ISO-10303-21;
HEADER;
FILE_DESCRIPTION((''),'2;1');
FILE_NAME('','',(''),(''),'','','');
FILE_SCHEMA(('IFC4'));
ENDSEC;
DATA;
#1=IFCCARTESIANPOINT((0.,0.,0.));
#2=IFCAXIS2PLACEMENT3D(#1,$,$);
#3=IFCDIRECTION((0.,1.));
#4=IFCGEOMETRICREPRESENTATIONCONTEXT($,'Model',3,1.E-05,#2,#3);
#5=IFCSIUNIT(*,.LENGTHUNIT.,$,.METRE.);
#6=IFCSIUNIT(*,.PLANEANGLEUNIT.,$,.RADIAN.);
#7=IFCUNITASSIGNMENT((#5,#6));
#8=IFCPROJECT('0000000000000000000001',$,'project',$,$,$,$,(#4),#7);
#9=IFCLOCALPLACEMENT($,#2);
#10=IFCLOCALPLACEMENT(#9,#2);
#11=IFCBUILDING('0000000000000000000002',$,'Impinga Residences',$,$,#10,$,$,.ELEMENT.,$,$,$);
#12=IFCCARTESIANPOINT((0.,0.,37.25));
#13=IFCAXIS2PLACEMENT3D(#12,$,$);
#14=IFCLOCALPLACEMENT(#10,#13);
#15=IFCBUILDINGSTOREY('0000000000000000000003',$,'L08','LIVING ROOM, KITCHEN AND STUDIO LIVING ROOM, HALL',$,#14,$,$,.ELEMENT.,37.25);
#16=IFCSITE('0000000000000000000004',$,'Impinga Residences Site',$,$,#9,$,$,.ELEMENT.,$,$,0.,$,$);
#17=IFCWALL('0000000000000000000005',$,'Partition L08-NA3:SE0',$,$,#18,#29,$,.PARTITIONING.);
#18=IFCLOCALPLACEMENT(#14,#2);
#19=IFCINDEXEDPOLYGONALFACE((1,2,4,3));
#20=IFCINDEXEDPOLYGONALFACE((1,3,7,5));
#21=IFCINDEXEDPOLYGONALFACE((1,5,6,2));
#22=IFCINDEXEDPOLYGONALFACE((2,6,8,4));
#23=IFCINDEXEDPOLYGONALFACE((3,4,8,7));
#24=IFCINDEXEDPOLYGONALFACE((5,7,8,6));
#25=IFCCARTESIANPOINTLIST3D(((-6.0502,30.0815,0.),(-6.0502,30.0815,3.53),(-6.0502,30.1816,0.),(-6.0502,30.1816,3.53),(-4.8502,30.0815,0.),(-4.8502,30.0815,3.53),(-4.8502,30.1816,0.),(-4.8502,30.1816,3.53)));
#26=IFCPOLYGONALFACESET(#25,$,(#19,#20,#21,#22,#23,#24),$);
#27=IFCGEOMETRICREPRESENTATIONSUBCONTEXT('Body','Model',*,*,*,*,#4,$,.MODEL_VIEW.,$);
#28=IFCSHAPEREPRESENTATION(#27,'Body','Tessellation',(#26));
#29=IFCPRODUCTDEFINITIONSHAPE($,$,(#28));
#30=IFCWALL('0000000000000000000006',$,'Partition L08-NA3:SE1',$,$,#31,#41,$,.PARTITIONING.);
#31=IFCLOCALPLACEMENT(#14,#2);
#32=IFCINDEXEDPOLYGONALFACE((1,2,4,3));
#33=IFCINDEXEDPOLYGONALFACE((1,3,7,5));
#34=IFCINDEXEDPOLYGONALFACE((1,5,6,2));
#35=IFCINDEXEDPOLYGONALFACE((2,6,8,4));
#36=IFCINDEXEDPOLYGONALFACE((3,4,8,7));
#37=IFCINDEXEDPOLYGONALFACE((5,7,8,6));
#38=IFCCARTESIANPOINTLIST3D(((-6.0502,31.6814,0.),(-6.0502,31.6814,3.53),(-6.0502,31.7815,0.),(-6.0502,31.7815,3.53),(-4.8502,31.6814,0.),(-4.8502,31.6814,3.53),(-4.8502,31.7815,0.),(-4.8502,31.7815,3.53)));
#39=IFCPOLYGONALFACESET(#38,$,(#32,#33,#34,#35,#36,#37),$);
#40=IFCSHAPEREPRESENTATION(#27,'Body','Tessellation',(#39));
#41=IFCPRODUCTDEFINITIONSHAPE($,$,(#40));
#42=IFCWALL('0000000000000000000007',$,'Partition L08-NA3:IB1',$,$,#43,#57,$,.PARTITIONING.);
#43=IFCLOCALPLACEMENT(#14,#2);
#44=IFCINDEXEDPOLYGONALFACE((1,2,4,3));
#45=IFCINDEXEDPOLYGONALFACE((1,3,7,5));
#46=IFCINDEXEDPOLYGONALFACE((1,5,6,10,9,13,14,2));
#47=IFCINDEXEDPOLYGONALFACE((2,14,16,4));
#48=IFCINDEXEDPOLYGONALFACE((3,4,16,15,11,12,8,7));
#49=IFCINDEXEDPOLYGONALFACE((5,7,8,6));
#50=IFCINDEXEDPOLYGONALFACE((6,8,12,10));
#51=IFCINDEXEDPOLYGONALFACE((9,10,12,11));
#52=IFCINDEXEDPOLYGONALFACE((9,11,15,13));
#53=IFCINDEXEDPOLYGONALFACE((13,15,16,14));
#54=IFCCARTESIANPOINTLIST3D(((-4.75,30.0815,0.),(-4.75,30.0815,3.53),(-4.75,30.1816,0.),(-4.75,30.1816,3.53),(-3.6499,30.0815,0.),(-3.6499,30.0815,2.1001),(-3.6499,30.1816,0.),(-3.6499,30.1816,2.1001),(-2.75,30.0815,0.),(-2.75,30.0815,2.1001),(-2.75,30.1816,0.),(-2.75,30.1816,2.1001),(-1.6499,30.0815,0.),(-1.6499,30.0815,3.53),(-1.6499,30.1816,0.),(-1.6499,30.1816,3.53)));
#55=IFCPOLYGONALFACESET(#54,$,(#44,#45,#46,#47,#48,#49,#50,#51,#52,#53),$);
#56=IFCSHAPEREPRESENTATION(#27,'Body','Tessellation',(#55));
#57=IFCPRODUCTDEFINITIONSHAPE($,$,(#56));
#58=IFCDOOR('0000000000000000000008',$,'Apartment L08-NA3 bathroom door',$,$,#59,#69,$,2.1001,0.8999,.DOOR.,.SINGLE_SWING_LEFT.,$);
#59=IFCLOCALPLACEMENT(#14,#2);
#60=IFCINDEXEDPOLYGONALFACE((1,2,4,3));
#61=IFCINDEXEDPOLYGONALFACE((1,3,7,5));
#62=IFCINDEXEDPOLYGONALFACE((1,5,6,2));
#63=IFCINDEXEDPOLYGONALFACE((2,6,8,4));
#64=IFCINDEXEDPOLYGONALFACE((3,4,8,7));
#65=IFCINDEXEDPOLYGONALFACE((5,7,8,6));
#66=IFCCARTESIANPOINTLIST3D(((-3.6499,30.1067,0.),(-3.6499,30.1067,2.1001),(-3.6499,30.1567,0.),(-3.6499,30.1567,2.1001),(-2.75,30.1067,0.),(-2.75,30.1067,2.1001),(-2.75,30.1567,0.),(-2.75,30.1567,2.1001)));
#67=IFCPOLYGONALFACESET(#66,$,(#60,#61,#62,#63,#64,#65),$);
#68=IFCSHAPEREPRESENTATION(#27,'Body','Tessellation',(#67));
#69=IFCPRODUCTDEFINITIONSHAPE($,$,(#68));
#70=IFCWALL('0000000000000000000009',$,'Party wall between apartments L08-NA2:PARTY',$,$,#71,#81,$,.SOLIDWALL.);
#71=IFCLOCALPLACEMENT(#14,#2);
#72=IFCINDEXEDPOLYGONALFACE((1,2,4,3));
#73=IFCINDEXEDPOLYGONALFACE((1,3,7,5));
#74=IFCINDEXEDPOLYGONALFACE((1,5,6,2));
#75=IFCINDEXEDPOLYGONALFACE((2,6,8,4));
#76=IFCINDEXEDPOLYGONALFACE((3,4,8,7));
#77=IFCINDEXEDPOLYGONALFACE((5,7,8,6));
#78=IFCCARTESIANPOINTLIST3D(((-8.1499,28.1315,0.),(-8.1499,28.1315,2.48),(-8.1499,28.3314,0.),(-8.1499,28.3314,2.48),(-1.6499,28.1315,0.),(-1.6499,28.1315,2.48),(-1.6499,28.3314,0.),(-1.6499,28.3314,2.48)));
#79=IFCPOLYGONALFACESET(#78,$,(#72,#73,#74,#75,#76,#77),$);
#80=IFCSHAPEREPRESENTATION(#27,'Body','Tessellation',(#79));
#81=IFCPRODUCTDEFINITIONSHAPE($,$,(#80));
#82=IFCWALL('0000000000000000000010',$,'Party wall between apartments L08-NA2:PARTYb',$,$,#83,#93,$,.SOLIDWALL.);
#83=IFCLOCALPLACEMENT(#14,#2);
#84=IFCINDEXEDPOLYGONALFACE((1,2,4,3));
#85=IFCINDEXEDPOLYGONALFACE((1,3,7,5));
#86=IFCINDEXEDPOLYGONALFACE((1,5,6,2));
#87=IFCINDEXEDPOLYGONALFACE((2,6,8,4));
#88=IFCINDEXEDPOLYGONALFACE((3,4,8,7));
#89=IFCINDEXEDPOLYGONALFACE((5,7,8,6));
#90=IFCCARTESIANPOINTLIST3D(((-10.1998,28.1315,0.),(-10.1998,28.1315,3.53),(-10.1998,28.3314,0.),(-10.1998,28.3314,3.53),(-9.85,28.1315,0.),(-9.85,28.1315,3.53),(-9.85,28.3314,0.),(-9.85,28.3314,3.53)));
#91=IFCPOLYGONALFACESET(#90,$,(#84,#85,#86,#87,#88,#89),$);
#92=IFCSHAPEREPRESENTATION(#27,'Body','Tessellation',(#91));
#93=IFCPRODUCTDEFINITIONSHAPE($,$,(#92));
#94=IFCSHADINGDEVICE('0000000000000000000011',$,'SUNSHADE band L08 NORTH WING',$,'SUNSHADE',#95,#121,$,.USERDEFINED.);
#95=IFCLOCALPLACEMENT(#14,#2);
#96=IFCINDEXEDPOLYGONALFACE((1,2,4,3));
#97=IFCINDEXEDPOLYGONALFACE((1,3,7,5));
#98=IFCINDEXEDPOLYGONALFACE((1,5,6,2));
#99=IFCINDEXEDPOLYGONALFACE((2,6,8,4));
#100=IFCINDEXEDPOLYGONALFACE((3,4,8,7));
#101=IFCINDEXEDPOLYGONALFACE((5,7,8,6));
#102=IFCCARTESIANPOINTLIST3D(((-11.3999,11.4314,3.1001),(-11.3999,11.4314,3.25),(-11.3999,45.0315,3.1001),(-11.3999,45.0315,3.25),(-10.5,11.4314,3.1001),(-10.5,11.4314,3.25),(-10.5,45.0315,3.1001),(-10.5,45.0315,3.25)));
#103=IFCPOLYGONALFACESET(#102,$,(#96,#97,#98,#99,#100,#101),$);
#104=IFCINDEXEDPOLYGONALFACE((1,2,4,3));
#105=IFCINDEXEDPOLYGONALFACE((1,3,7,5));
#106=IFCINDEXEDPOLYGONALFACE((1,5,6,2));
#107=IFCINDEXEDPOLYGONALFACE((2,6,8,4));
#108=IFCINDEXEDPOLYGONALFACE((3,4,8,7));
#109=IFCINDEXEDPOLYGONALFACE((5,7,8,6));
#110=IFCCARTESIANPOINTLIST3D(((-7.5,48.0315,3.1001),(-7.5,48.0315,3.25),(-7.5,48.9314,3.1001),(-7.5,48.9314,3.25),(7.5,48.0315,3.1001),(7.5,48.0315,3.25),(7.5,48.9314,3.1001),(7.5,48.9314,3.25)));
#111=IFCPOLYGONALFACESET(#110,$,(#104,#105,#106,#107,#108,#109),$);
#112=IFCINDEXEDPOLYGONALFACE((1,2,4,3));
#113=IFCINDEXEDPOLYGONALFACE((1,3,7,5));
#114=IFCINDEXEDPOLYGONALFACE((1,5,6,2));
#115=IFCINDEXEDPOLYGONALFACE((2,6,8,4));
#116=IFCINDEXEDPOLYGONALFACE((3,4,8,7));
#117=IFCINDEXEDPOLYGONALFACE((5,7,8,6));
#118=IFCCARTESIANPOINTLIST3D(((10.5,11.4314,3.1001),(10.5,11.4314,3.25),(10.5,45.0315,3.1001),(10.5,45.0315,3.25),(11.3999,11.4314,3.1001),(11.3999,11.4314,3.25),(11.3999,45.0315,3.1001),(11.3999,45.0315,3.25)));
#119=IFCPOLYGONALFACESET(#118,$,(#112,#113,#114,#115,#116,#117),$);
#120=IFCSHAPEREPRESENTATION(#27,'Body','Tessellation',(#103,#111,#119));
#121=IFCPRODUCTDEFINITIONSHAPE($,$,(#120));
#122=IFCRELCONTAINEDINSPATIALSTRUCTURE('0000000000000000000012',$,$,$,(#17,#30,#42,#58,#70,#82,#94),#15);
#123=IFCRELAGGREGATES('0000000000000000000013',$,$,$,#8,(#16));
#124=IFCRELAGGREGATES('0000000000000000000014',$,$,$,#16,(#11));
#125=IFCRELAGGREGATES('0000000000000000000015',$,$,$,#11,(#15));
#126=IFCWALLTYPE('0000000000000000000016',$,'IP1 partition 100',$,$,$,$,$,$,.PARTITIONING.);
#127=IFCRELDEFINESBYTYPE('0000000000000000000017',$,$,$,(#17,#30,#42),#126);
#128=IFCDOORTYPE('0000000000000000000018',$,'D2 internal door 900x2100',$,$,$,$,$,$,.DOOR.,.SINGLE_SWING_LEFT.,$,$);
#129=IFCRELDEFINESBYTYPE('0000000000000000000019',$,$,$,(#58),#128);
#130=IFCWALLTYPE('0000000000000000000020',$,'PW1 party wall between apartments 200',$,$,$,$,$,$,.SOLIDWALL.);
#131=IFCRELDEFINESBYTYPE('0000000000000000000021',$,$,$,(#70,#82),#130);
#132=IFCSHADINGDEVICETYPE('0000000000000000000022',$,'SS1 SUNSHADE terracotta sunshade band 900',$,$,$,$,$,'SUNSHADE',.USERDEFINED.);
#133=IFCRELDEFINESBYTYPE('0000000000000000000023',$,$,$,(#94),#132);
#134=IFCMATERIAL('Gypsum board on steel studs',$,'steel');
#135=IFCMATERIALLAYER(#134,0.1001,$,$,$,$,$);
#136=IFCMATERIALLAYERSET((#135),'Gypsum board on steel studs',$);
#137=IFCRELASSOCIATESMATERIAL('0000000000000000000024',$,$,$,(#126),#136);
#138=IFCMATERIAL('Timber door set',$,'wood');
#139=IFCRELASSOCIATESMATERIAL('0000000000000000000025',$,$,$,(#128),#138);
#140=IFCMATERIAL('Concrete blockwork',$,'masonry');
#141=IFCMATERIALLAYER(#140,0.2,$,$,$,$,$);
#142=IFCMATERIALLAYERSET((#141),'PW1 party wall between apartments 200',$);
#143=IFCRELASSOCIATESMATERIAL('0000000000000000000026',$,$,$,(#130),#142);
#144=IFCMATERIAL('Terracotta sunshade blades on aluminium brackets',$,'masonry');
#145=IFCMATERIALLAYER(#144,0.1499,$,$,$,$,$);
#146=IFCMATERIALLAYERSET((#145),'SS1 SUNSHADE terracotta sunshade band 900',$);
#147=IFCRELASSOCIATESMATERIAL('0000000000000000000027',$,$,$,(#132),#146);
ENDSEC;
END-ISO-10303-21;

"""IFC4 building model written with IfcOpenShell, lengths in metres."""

from ifc_helpers import new_model, si_unit, direction, frame, frame_2d, origin, origin_2d, place, context, subcontext, project, spatial, rectangle, extrude, material, layer, layer_set, type_object, element, fill, save


model = new_model("IFC4")

# Units and contexts
model_context = context("Model", 3, precision=1e-05, world=origin(), true_north=direction((0.0, 1.0)))
body_context = subcontext(model_context, "Body", "Model", "MODEL_VIEW")
ifc_project = project(units=[si_unit("LENGTHUNIT", "METRE"), si_unit("PLANEANGLEUNIT", "RADIAN")], contexts=[model_context])

# Site, building, storey
site_placement = place(None, origin())
site = spatial("IfcSite", under=ifc_project, at=site_placement, Name="Impinga Residences Site", CompositionType="ELEMENT", RefElevation=0.0)
building_placement = place(site_placement, origin())
building = spatial("IfcBuilding", under=site, at=building_placement, Name="Impinga Residences", CompositionType="ELEMENT")
storey_placement = place(building_placement, frame((0.0, 0.0, 37.25)))
storey = spatial("IfcBuildingStorey", under=building, at=storey_placement, Name="L08", Description="LIVING ROOM, KITCHEN AND STUDIO LIVING ROOM, HALL", CompositionType="ELEMENT", Elevation=37.25)

# Shared definitions
ifc_material_1 = material(Name="Concrete blockwork", Category="masonry")
ifc_material_2 = material(Name="Timber door set", Category="wood")

# Shared definitions
ifc_material_3 = material(Name="Gypsum board on steel studs", Category="steel")
ifc_layer_1 = layer(ifc_material_3, 0.1001)
ifc_layer_set_1 = layer_set([ifc_layer_1], Name="Gypsum board on steel studs")
wall_type_1 = type_object("IfcWallType", Name="IP1 partition 100", PredefinedType="PARTITIONING", material=ifc_layer_set_1)

# Shared definitions
door_type_1 = type_object("IfcDoorType", Name="D2 internal door 900x2100", OperationType="SINGLE_SWING_LEFT", PredefinedType="DOOR", material=ifc_material_2)

# Walls
for number, where, z_axis, x_axis, name in (
    (1, (-4.8501, 30.1316, 0.0), (0.0, 0.0, 1.0), (-1.0, 0.0, 0.0), "Partition L08-NA3:SE0"),
    (2, (-4.8501, 31.7314, 0.0), (0.0, 0.0, 1.0), (-1.0, 0.0, 0.0), "Partition L08-NA3:SE1"),
):
    element("IfcWall", number, at=place(storey_placement, frame(where, z_axis=z_axis, x_axis=x_axis)), inside=storey, type_object=wall_type_1, Name=name, PredefinedType="PARTITIONING", context=body_context, shape_type="SweptSolid", body=[
        extrude(rectangle(XDim=1.2, YDim=0.1001, at=frame_2d((0.6001, 0.0))), origin(), (0.0, 0.0, 1.0), 3.53),
    ])

# Wall, opening, door
wall_1_placement = place(storey_placement, frame((-1.6499, 30.1316, 0.0), z_axis=(0.0, 0.0, 1.0), x_axis=(-1.0, 0.0, 0.0)))
wall_1 = element("IfcWall", 3, at=wall_1_placement, inside=storey, type_object=wall_type_1, Name="Partition L08-NA3:IB1", PredefinedType="PARTITIONING", context=body_context, shape_type="SweptSolid", body=[
    extrude(rectangle(XDim=3.1001, YDim=0.1001, at=frame_2d((1.55, 0.0))), origin(), (0.0, 0.0, 1.0), 3.53),
])
opening_1_placement = place(wall_1_placement, frame((1.1001, 0.0, 0.0)))
opening_1 = element("IfcOpeningElement", 4, at=opening_1_placement, cuts=wall_1, PredefinedType="OPENING", context=body_context, shape_type="SweptSolid", body=[
    extrude(rectangle(XDim=0.8999, YDim=2.1001, at=frame_2d((0.45, 1.05))), frame((0.0, 0.0601, 0.0), z_axis=(0.0, -1.0, 0.0), x_axis=(1.0, 0.0, 0.0)), (0.0, 0.0, 1.0), 0.1201),
])
door_1_placement = place(opening_1_placement, origin())
door_1 = element("IfcDoor", 5, at=door_1_placement, inside=storey, type_object=door_type_1, Name="Apartment L08-NA3 bathroom door", OperationType="SINGLE_SWING_LEFT", OverallHeight=2.1001, OverallWidth=0.8999, PredefinedType="DOOR", context=body_context, shape_type="SweptSolid", body=[
    extrude(rectangle(XDim=0.8999, YDim=2.1001, at=frame_2d((0.45, 1.05))), frame((0.0, 0.0249, 0.0), z_axis=(0.0, -1.0, 0.0), x_axis=(1.0, 0.0, 0.0)), (0.0, 0.0, 1.0), 0.05),
])
fill(opening_1, door_1)

# Walls
ifc_layer_2 = layer(ifc_material_1, 0.2)
ifc_layer_set_2 = layer_set([ifc_layer_2], Name="PW1 party wall between apartments 200")
wall_type_2 = type_object("IfcWallType", Name="PW1 party wall between apartments 200", PredefinedType="SOLIDWALL", material=ifc_layer_set_2)
wall_2_placement = place(storey_placement, frame((-1.6499, 28.2314, 0.0), z_axis=(0.0, 0.0, 1.0), x_axis=(-1.0, 0.0, 0.0)))
element("IfcWall", 6, at=wall_2_placement, inside=storey, type_object=wall_type_2, Name="Party wall between apartments L08-NA2:PARTY", PredefinedType="SOLIDWALL", context=body_context, shape_type="SweptSolid", body=[
    extrude(rectangle(XDim=6.5, YDim=0.2, at=frame_2d((3.25, 0.0))), origin(), (0.0, 0.0, 1.0), 2.48),
])
wall_3_placement = place(storey_placement, frame((-9.8501, 28.2314, 0.0), z_axis=(0.0, 0.0, 1.0), x_axis=(-1.0, 0.0, 0.0)))
element("IfcWall", 7, at=wall_3_placement, inside=storey, type_object=wall_type_2, Name="Party wall between apartments L08-NA2:PARTYb", PredefinedType="SOLIDWALL", context=body_context, shape_type="SweptSolid", body=[
    extrude(rectangle(XDim=0.3499, YDim=0.2, at=frame_2d((0.1748, 0.0))), origin(), (0.0, 0.0, 1.0), 3.53),
])

# Shading device
ifc_material_4 = material(Name="Terracotta sunshade blades on aluminium brackets", Category="masonry")
ifc_layer_3 = layer(ifc_material_4, 0.1499)
ifc_layer_set_3 = layer_set([ifc_layer_3], Name="SS1 SUNSHADE terracotta sunshade band 900")
shading_device_type = type_object("IfcShadingDeviceType", Name="SS1 SUNSHADE terracotta sunshade band 900", ElementType="SUNSHADE", PredefinedType="USERDEFINED", material=ifc_layer_set_3)
shading_device_placement = place(storey_placement, frame((-10.95, 28.2314, 3.1001), z_axis=(0.0, 0.0, 1.0), x_axis=(0.0, 1.0, 0.0)))
element("IfcShadingDevice", 8, at=shading_device_placement, inside=storey, type_object=shading_device_type, Name="SUNSHADE band L08 NORTH WING", ObjectType="SUNSHADE", PredefinedType="USERDEFINED", context=body_context, shape_type="SweptSolid", body=[
    extrude(rectangle(XDim=33.6001, YDim=0.8999, at=origin_2d()), origin(), (0.0, 0.0, 1.0), 0.1499),
    extrude(rectangle(XDim=15.0, YDim=0.8999, at=origin_2d()), frame((20.25, -10.95, 0.0), z_axis=(0.0, 0.0, 1.0), x_axis=(0.0, -1.0, 0.0)), (0.0, 0.0, 1.0), 0.1499),
    extrude(rectangle(XDim=33.6001, YDim=0.8999, at=origin_2d()), frame((0.0, -21.8999, 0.0), z_axis=(0.0, 0.0, 1.0), x_axis=(-1.0, 0.0, 0.0)), (0.0, 0.0, 1.0), 0.1499),
])

save(model, "model.ifc")
